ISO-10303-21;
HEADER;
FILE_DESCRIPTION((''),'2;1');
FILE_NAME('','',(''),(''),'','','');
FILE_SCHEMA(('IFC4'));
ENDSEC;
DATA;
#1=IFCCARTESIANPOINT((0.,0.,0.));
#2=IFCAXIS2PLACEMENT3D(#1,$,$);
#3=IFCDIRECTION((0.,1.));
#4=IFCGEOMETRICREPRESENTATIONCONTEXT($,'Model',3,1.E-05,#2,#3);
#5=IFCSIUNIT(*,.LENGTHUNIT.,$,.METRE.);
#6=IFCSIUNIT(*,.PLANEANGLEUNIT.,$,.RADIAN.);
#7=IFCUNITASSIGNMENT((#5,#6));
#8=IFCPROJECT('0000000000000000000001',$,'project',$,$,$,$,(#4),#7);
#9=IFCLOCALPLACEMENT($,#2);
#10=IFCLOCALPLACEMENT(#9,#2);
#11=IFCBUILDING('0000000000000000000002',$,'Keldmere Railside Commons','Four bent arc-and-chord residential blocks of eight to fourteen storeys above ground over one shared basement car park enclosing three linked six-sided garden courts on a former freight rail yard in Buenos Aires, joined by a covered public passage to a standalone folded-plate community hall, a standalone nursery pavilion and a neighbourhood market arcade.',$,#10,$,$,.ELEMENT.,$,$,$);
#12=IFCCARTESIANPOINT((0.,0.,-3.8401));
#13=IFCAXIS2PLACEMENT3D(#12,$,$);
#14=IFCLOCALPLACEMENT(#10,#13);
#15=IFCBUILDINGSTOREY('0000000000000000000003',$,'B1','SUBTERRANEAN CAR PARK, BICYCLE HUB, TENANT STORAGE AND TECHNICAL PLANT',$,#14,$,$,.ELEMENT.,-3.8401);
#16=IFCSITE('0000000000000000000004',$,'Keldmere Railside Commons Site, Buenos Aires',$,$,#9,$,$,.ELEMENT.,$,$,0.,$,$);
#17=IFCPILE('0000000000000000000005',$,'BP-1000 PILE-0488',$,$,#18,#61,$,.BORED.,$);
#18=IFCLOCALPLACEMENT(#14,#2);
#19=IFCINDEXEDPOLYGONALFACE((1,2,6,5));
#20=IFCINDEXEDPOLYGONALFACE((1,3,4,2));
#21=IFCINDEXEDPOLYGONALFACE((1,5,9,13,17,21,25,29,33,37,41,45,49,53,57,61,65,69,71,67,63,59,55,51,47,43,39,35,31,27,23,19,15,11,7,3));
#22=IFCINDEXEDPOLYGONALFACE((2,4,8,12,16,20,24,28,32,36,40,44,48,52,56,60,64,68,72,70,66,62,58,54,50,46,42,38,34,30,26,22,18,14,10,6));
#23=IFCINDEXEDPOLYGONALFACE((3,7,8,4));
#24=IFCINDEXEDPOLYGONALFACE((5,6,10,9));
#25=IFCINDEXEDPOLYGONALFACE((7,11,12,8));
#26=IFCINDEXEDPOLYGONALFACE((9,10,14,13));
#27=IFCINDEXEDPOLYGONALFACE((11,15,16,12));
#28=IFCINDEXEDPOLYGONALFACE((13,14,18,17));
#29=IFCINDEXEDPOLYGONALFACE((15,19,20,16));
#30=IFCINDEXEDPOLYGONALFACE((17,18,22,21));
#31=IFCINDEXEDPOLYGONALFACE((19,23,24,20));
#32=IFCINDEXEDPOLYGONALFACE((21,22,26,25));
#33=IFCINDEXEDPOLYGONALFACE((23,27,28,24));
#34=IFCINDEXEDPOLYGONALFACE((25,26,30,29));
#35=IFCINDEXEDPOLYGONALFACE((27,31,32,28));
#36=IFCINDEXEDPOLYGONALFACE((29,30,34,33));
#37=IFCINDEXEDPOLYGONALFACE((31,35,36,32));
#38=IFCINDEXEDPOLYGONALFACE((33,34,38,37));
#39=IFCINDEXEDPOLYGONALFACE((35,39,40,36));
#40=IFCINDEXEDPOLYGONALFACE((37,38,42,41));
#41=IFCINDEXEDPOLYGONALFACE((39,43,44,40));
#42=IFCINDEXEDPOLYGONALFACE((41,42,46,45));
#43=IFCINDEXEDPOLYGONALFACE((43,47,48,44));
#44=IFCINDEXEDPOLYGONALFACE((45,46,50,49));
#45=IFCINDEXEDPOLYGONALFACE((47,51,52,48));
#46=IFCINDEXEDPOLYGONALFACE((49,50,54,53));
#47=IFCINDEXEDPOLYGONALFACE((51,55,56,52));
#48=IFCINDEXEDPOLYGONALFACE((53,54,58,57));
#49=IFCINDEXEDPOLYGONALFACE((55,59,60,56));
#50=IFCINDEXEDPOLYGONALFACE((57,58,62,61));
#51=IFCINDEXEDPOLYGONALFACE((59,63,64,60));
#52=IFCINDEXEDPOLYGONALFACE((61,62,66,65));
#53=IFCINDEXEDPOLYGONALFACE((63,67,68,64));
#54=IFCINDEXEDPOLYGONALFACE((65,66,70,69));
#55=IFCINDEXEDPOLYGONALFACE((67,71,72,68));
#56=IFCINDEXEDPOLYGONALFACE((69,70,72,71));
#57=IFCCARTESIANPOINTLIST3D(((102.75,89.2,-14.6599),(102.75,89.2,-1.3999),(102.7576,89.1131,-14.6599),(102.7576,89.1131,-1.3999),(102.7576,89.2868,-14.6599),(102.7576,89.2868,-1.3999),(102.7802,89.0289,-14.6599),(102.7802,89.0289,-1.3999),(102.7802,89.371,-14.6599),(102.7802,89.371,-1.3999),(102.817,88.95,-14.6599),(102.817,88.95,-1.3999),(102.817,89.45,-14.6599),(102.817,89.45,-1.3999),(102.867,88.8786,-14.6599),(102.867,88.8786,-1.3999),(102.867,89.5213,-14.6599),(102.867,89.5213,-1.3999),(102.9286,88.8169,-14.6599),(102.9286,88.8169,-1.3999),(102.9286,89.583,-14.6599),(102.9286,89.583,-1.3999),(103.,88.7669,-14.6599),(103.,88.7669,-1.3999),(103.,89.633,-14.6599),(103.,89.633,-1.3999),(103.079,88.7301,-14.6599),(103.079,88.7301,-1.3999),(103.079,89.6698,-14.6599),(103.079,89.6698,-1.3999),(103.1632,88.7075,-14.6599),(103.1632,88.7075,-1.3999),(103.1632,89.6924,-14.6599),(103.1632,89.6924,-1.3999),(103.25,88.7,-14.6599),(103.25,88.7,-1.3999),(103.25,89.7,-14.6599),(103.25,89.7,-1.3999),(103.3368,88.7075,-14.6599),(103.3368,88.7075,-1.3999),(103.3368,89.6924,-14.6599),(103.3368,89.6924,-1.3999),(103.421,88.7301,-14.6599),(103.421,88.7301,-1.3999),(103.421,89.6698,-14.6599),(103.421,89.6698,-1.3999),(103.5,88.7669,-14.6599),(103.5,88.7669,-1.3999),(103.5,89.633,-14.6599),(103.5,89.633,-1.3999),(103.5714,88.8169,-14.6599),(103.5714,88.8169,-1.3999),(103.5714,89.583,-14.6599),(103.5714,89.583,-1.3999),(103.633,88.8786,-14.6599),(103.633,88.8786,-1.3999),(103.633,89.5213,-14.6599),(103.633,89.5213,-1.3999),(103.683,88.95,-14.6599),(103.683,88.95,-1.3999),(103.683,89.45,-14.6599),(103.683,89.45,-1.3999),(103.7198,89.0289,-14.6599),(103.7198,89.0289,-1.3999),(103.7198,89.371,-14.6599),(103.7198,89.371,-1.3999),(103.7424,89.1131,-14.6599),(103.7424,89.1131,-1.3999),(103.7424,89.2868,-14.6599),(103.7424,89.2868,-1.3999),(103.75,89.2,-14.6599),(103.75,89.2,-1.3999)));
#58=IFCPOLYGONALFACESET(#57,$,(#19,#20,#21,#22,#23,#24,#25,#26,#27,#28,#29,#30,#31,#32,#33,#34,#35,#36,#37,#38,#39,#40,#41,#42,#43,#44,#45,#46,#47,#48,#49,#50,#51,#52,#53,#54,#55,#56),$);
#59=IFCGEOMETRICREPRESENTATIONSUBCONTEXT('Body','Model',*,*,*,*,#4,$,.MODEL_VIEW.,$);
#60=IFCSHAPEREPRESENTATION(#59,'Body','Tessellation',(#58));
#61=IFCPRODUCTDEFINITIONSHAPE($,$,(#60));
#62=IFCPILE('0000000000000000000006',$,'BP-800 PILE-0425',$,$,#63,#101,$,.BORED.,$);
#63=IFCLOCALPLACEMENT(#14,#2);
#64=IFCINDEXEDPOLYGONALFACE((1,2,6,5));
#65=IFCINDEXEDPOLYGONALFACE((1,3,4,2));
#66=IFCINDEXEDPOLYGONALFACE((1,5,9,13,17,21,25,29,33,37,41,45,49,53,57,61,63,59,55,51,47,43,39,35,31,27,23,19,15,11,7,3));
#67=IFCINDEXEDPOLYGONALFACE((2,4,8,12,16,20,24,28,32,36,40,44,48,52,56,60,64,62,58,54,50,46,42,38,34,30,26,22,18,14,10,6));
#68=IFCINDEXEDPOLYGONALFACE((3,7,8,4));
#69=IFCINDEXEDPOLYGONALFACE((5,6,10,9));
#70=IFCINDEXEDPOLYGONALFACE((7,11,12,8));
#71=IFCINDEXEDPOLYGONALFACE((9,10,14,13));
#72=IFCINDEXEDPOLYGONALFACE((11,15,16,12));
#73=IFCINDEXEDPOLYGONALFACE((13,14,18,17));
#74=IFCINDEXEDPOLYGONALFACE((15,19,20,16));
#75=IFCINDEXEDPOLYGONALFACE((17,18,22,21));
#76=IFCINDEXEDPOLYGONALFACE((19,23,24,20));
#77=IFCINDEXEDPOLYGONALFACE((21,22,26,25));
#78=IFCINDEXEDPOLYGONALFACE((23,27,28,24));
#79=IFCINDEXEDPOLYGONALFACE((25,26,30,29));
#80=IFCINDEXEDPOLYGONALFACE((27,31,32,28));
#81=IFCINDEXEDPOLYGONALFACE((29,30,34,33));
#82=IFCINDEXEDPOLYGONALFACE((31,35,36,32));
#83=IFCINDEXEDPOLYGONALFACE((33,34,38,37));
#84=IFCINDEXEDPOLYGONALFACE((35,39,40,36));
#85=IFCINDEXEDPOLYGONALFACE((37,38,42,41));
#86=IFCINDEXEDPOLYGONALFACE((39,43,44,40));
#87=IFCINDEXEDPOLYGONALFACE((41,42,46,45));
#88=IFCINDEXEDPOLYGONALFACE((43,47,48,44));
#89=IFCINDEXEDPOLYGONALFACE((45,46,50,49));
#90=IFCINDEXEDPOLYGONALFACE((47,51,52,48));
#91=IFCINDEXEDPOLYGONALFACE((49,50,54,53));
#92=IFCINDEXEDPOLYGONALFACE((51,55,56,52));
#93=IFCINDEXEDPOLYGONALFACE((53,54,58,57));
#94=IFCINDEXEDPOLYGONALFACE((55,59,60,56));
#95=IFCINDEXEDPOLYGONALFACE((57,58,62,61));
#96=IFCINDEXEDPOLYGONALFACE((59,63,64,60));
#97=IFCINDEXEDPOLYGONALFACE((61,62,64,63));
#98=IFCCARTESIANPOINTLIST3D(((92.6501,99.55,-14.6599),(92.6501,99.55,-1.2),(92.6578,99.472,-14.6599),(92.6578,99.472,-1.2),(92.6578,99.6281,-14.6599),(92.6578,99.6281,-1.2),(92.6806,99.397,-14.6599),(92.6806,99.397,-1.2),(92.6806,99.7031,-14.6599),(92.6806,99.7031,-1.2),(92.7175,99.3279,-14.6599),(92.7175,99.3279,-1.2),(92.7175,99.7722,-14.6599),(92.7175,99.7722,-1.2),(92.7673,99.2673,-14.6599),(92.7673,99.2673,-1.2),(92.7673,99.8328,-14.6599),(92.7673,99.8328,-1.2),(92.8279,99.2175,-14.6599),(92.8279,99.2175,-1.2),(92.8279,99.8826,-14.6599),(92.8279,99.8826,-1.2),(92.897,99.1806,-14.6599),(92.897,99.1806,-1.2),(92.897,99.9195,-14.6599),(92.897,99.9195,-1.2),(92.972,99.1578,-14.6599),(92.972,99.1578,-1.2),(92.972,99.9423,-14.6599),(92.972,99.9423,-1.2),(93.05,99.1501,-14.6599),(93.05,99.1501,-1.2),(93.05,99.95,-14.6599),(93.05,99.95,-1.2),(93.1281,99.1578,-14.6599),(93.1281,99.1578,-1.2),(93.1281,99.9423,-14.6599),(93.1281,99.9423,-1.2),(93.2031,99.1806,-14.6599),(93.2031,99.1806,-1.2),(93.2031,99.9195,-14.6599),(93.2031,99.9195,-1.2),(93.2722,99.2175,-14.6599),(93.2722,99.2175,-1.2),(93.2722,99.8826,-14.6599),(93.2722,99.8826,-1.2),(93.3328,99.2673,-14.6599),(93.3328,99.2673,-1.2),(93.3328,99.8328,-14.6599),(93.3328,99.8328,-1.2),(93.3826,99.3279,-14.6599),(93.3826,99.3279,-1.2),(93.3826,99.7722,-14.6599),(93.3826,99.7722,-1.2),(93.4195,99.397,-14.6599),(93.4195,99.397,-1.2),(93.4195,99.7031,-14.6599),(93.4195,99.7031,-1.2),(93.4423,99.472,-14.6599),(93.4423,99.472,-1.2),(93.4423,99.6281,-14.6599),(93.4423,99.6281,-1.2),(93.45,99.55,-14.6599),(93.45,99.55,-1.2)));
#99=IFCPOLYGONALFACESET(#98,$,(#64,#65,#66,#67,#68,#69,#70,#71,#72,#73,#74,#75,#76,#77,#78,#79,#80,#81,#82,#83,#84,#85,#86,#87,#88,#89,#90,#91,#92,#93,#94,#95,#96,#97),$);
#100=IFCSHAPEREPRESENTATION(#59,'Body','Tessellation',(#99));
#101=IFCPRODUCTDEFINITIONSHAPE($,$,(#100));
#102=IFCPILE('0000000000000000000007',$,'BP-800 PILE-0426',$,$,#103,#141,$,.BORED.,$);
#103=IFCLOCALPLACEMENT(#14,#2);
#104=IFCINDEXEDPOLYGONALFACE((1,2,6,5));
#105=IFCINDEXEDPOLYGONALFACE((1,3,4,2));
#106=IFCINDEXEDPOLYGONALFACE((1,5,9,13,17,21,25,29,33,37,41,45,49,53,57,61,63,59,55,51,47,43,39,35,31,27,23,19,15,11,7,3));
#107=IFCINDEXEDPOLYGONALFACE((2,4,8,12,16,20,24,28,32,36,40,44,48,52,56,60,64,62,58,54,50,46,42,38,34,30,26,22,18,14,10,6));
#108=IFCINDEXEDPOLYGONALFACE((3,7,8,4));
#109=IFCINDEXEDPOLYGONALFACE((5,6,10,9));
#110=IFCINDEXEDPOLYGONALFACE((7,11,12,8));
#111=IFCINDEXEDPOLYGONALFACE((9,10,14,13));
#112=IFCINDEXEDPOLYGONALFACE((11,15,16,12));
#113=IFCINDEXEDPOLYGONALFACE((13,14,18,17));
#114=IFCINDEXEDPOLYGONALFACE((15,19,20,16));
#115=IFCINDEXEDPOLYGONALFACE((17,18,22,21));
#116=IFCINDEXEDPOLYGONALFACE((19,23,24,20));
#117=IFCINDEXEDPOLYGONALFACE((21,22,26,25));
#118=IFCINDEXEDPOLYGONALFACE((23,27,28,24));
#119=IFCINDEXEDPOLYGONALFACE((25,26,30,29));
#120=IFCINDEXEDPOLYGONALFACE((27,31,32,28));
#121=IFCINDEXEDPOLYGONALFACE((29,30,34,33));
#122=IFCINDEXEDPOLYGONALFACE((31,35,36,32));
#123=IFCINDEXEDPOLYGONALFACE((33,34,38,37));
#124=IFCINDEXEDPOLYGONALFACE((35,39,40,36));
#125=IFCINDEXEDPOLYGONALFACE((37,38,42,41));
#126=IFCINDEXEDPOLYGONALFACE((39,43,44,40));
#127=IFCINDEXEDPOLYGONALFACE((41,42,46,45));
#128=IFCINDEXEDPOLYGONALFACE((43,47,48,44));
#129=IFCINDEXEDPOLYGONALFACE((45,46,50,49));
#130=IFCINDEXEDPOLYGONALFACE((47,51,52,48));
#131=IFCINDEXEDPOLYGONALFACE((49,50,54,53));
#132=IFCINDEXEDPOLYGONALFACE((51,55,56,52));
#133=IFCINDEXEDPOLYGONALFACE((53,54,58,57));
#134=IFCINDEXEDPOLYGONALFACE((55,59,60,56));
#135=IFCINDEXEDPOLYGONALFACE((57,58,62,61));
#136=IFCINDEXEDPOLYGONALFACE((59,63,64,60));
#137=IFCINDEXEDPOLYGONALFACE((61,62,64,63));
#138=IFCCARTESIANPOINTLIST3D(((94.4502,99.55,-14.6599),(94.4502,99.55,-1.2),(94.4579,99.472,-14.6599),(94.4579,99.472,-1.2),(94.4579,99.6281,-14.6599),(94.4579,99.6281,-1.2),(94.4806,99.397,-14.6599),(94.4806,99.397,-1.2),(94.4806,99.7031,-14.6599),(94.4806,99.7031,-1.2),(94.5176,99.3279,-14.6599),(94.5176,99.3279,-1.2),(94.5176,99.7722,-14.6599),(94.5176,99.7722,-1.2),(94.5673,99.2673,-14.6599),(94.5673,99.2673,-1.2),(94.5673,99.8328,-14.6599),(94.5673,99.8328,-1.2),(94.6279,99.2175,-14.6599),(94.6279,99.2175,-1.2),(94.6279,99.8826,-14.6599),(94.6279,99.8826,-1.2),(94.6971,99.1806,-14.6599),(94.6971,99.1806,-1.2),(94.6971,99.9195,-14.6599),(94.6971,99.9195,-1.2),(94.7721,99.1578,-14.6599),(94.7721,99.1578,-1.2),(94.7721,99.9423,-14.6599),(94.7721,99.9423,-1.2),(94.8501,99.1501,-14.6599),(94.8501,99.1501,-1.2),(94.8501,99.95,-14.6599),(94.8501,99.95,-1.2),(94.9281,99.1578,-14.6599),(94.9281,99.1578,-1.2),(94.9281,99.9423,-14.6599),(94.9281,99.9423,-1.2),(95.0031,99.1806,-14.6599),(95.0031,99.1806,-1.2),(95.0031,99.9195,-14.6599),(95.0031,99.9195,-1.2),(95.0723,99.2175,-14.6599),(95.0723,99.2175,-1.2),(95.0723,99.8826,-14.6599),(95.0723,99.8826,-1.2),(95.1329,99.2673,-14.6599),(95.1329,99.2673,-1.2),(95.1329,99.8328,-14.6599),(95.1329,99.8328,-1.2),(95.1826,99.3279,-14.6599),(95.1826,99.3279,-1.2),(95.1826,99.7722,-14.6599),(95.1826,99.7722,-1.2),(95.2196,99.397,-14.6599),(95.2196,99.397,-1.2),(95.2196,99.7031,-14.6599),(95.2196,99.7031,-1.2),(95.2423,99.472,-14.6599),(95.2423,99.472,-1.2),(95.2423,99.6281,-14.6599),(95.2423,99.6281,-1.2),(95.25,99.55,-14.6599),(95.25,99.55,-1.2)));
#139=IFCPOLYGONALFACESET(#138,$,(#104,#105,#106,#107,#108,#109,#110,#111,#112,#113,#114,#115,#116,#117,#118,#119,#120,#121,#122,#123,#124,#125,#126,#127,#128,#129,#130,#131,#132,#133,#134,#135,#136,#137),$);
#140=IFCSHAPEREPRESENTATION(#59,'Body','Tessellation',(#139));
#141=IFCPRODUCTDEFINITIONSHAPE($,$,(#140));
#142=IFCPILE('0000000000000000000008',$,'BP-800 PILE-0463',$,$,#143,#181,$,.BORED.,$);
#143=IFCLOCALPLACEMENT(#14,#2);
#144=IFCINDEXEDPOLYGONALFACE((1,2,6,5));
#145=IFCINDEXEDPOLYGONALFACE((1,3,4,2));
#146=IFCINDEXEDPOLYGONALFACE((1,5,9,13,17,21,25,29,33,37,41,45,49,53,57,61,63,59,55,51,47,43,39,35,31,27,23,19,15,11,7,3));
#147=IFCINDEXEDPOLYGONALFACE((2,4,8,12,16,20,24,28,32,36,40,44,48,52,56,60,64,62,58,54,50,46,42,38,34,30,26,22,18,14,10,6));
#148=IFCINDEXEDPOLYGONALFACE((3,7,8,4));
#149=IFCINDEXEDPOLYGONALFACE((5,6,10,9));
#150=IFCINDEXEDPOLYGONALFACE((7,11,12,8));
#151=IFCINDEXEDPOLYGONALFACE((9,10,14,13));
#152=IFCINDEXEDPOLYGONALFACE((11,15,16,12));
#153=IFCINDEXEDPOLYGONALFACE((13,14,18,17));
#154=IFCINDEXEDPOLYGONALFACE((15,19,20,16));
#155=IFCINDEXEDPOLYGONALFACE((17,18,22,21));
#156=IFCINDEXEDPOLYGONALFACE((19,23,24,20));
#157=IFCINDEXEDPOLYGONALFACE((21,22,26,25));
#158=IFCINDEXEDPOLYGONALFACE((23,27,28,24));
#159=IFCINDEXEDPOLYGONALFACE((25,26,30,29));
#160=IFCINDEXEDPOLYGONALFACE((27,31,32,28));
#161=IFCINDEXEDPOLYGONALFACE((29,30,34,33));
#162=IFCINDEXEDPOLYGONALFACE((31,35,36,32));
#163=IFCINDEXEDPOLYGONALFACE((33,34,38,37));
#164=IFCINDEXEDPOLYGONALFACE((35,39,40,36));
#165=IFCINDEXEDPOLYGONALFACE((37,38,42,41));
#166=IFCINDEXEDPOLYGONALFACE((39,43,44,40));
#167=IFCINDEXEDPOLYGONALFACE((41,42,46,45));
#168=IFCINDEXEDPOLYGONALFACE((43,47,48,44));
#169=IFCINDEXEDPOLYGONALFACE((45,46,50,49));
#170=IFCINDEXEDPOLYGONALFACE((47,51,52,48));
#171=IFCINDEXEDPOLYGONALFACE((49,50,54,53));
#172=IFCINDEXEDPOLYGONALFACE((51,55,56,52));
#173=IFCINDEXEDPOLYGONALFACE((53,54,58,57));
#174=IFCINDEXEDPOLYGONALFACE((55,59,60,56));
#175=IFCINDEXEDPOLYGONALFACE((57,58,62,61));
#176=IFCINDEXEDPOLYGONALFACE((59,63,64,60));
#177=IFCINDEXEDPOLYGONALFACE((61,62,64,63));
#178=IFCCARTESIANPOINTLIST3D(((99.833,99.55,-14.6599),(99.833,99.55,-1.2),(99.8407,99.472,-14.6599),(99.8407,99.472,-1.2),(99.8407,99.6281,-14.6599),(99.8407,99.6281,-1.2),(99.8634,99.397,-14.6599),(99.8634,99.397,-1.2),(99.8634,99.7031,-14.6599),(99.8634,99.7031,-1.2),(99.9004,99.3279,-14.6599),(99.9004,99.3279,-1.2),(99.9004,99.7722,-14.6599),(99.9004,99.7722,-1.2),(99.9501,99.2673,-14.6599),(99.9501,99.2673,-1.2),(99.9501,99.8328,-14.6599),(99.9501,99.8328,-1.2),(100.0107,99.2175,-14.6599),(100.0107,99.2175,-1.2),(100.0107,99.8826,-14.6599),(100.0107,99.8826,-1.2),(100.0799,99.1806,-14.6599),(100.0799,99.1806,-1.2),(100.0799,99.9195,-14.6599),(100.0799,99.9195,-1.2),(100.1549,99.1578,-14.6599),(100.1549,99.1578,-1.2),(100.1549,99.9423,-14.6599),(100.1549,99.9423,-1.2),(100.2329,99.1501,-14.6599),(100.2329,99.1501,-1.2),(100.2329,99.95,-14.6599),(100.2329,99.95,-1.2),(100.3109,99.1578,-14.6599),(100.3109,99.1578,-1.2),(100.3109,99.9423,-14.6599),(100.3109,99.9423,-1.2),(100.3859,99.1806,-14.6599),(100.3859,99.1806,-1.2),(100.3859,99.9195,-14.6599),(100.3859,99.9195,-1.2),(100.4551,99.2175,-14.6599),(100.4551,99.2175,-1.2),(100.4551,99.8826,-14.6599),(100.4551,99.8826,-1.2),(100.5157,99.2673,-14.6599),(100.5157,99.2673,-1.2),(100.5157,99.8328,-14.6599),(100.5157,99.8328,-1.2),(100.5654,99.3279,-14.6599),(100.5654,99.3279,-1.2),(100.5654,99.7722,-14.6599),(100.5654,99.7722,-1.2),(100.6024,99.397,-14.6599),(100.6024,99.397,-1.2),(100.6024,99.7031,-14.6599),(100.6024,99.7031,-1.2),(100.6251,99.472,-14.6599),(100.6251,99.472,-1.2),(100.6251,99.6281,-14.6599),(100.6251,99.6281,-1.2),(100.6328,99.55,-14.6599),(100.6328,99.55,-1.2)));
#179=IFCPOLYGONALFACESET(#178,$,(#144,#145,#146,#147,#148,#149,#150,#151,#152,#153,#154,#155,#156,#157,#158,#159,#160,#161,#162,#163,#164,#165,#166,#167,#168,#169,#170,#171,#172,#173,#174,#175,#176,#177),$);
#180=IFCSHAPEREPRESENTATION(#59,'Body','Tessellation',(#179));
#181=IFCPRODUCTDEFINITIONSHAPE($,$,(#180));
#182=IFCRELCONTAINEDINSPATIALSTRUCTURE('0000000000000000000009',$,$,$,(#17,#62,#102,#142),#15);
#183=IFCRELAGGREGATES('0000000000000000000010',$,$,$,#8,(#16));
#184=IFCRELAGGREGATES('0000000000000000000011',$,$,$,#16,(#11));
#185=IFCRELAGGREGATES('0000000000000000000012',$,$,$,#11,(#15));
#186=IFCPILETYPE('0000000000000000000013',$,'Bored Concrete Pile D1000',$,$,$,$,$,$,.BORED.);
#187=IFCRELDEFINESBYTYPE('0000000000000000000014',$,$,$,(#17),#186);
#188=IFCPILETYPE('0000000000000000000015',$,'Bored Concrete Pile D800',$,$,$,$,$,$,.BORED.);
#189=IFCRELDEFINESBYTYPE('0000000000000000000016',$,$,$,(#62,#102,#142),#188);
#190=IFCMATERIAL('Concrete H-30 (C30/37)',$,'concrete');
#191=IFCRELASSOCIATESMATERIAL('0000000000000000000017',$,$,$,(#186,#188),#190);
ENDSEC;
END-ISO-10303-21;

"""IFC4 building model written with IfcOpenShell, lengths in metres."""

from ifc_helpers import new_model, si_unit, direction, frame, origin, origin_2d, place, context, subcontext, project, spatial, circle, extrude, material, material_profile, profile_set, type_object, element, save


model = new_model("IFC4")

# Units and contexts
model_context = context("Model", 3, precision=1e-05, world=origin(), true_north=direction((0.0, 1.0)))
body_context = subcontext(model_context, "Body", "Model", "MODEL_VIEW")
ifc_project = project(units=[si_unit("LENGTHUNIT", "METRE"), si_unit("PLANEANGLEUNIT", "RADIAN")], contexts=[model_context])

# Site, building, storey
site_placement = place(None, origin())
site = spatial("IfcSite", under=ifc_project, at=site_placement, Name="Keldmere Railside Commons Site, Buenos Aires", CompositionType="ELEMENT", RefElevation=0.0)
building_placement = place(site_placement, origin())
building = spatial("IfcBuilding", under=site, at=building_placement, Name="Keldmere Railside Commons", Description="Four bent arc-and-chord residential blocks of eight to fourteen storeys above ground over one shared basement car park enclosing three linked six-sided garden courts on a former freight rail yard in Buenos Aires, joined by a covered public passage to a standalone folded-plate community hall, a standalone nursery pavilion and a neighbourhood market arcade.", CompositionType="ELEMENT")
storey_placement = place(building_placement, frame((0.0, 0.0, -3.8401)))
storey = spatial("IfcBuildingStorey", under=building, at=storey_placement, Name="B1", Description="SUBTERRANEAN CAR PARK, BICYCLE HUB, TENANT STORAGE AND TECHNICAL PLANT", CompositionType="ELEMENT", Elevation=-3.8401)

# Piles
ifc_material_1 = material(Name="Concrete H-30 (C30/37)", Category="concrete")
ifc_material_profile_1 = material_profile(ifc_material_1, circle(Radius=0.5, at=origin_2d()), Name="PILE-D1000")
ifc_profile_set_1 = profile_set([ifc_material_profile_1], Name="Concrete H-30 (C30/37)")
pile_type_1 = type_object("IfcPileType", Name="Bored Concrete Pile D1000", PredefinedType="BORED", material=ifc_profile_set_1)
pile_placement = place(storey_placement, frame((103.25, 89.2, -1.3999), z_axis=(0.0, 0.0, -1.0), x_axis=(1.0, 0.0, 0.0)))
element("IfcPile", 1, at=pile_placement, inside=storey, type_object=pile_type_1, Name="BP-1000 PILE-0488", PredefinedType="BORED", context=body_context, shape_type="SweptSolid", body=[
    extrude(circle(Radius=0.5, at=origin_2d()), origin(), (0.0, 0.0, 1.0), 13.26),
])
ifc_material_profile_2 = material_profile(ifc_material_1, circle(Radius=0.3999, at=origin_2d()), Name="PILE-D800")
ifc_profile_set_2 = profile_set([ifc_material_profile_2], Name="Concrete H-30 (C30/37)")
pile_type_2 = type_object("IfcPileType", Name="Bored Concrete Pile D800", PredefinedType="BORED", material=ifc_profile_set_2)
for number, where, z_axis, x_axis, name in (
    (2, (93.05, 99.55, -1.2), (0.0, 0.0, -1.0), (1.0, 0.0, 0.0), "BP-800 PILE-0425"),
    (3, (94.8501, 99.55, -1.2), (0.0, 0.0, -1.0), (1.0, 0.0, 0.0), "BP-800 PILE-0426"),
    (4, (100.2329, 99.55, -1.2), (0.0, 0.0, -1.0), (1.0, 0.0, 0.0), "BP-800 PILE-0463"),
):
    element("IfcPile", number, at=place(storey_placement, frame(where, z_axis=z_axis, x_axis=x_axis)), inside=storey, type_object=pile_type_2, Name=name, PredefinedType="BORED", context=body_context, shape_type="SweptSolid", body=[
        extrude(circle(Radius=0.3999, at=origin_2d()), origin(), (0.0, 0.0, 1.0), 13.46),
    ])

save(model, "model.ifc")
